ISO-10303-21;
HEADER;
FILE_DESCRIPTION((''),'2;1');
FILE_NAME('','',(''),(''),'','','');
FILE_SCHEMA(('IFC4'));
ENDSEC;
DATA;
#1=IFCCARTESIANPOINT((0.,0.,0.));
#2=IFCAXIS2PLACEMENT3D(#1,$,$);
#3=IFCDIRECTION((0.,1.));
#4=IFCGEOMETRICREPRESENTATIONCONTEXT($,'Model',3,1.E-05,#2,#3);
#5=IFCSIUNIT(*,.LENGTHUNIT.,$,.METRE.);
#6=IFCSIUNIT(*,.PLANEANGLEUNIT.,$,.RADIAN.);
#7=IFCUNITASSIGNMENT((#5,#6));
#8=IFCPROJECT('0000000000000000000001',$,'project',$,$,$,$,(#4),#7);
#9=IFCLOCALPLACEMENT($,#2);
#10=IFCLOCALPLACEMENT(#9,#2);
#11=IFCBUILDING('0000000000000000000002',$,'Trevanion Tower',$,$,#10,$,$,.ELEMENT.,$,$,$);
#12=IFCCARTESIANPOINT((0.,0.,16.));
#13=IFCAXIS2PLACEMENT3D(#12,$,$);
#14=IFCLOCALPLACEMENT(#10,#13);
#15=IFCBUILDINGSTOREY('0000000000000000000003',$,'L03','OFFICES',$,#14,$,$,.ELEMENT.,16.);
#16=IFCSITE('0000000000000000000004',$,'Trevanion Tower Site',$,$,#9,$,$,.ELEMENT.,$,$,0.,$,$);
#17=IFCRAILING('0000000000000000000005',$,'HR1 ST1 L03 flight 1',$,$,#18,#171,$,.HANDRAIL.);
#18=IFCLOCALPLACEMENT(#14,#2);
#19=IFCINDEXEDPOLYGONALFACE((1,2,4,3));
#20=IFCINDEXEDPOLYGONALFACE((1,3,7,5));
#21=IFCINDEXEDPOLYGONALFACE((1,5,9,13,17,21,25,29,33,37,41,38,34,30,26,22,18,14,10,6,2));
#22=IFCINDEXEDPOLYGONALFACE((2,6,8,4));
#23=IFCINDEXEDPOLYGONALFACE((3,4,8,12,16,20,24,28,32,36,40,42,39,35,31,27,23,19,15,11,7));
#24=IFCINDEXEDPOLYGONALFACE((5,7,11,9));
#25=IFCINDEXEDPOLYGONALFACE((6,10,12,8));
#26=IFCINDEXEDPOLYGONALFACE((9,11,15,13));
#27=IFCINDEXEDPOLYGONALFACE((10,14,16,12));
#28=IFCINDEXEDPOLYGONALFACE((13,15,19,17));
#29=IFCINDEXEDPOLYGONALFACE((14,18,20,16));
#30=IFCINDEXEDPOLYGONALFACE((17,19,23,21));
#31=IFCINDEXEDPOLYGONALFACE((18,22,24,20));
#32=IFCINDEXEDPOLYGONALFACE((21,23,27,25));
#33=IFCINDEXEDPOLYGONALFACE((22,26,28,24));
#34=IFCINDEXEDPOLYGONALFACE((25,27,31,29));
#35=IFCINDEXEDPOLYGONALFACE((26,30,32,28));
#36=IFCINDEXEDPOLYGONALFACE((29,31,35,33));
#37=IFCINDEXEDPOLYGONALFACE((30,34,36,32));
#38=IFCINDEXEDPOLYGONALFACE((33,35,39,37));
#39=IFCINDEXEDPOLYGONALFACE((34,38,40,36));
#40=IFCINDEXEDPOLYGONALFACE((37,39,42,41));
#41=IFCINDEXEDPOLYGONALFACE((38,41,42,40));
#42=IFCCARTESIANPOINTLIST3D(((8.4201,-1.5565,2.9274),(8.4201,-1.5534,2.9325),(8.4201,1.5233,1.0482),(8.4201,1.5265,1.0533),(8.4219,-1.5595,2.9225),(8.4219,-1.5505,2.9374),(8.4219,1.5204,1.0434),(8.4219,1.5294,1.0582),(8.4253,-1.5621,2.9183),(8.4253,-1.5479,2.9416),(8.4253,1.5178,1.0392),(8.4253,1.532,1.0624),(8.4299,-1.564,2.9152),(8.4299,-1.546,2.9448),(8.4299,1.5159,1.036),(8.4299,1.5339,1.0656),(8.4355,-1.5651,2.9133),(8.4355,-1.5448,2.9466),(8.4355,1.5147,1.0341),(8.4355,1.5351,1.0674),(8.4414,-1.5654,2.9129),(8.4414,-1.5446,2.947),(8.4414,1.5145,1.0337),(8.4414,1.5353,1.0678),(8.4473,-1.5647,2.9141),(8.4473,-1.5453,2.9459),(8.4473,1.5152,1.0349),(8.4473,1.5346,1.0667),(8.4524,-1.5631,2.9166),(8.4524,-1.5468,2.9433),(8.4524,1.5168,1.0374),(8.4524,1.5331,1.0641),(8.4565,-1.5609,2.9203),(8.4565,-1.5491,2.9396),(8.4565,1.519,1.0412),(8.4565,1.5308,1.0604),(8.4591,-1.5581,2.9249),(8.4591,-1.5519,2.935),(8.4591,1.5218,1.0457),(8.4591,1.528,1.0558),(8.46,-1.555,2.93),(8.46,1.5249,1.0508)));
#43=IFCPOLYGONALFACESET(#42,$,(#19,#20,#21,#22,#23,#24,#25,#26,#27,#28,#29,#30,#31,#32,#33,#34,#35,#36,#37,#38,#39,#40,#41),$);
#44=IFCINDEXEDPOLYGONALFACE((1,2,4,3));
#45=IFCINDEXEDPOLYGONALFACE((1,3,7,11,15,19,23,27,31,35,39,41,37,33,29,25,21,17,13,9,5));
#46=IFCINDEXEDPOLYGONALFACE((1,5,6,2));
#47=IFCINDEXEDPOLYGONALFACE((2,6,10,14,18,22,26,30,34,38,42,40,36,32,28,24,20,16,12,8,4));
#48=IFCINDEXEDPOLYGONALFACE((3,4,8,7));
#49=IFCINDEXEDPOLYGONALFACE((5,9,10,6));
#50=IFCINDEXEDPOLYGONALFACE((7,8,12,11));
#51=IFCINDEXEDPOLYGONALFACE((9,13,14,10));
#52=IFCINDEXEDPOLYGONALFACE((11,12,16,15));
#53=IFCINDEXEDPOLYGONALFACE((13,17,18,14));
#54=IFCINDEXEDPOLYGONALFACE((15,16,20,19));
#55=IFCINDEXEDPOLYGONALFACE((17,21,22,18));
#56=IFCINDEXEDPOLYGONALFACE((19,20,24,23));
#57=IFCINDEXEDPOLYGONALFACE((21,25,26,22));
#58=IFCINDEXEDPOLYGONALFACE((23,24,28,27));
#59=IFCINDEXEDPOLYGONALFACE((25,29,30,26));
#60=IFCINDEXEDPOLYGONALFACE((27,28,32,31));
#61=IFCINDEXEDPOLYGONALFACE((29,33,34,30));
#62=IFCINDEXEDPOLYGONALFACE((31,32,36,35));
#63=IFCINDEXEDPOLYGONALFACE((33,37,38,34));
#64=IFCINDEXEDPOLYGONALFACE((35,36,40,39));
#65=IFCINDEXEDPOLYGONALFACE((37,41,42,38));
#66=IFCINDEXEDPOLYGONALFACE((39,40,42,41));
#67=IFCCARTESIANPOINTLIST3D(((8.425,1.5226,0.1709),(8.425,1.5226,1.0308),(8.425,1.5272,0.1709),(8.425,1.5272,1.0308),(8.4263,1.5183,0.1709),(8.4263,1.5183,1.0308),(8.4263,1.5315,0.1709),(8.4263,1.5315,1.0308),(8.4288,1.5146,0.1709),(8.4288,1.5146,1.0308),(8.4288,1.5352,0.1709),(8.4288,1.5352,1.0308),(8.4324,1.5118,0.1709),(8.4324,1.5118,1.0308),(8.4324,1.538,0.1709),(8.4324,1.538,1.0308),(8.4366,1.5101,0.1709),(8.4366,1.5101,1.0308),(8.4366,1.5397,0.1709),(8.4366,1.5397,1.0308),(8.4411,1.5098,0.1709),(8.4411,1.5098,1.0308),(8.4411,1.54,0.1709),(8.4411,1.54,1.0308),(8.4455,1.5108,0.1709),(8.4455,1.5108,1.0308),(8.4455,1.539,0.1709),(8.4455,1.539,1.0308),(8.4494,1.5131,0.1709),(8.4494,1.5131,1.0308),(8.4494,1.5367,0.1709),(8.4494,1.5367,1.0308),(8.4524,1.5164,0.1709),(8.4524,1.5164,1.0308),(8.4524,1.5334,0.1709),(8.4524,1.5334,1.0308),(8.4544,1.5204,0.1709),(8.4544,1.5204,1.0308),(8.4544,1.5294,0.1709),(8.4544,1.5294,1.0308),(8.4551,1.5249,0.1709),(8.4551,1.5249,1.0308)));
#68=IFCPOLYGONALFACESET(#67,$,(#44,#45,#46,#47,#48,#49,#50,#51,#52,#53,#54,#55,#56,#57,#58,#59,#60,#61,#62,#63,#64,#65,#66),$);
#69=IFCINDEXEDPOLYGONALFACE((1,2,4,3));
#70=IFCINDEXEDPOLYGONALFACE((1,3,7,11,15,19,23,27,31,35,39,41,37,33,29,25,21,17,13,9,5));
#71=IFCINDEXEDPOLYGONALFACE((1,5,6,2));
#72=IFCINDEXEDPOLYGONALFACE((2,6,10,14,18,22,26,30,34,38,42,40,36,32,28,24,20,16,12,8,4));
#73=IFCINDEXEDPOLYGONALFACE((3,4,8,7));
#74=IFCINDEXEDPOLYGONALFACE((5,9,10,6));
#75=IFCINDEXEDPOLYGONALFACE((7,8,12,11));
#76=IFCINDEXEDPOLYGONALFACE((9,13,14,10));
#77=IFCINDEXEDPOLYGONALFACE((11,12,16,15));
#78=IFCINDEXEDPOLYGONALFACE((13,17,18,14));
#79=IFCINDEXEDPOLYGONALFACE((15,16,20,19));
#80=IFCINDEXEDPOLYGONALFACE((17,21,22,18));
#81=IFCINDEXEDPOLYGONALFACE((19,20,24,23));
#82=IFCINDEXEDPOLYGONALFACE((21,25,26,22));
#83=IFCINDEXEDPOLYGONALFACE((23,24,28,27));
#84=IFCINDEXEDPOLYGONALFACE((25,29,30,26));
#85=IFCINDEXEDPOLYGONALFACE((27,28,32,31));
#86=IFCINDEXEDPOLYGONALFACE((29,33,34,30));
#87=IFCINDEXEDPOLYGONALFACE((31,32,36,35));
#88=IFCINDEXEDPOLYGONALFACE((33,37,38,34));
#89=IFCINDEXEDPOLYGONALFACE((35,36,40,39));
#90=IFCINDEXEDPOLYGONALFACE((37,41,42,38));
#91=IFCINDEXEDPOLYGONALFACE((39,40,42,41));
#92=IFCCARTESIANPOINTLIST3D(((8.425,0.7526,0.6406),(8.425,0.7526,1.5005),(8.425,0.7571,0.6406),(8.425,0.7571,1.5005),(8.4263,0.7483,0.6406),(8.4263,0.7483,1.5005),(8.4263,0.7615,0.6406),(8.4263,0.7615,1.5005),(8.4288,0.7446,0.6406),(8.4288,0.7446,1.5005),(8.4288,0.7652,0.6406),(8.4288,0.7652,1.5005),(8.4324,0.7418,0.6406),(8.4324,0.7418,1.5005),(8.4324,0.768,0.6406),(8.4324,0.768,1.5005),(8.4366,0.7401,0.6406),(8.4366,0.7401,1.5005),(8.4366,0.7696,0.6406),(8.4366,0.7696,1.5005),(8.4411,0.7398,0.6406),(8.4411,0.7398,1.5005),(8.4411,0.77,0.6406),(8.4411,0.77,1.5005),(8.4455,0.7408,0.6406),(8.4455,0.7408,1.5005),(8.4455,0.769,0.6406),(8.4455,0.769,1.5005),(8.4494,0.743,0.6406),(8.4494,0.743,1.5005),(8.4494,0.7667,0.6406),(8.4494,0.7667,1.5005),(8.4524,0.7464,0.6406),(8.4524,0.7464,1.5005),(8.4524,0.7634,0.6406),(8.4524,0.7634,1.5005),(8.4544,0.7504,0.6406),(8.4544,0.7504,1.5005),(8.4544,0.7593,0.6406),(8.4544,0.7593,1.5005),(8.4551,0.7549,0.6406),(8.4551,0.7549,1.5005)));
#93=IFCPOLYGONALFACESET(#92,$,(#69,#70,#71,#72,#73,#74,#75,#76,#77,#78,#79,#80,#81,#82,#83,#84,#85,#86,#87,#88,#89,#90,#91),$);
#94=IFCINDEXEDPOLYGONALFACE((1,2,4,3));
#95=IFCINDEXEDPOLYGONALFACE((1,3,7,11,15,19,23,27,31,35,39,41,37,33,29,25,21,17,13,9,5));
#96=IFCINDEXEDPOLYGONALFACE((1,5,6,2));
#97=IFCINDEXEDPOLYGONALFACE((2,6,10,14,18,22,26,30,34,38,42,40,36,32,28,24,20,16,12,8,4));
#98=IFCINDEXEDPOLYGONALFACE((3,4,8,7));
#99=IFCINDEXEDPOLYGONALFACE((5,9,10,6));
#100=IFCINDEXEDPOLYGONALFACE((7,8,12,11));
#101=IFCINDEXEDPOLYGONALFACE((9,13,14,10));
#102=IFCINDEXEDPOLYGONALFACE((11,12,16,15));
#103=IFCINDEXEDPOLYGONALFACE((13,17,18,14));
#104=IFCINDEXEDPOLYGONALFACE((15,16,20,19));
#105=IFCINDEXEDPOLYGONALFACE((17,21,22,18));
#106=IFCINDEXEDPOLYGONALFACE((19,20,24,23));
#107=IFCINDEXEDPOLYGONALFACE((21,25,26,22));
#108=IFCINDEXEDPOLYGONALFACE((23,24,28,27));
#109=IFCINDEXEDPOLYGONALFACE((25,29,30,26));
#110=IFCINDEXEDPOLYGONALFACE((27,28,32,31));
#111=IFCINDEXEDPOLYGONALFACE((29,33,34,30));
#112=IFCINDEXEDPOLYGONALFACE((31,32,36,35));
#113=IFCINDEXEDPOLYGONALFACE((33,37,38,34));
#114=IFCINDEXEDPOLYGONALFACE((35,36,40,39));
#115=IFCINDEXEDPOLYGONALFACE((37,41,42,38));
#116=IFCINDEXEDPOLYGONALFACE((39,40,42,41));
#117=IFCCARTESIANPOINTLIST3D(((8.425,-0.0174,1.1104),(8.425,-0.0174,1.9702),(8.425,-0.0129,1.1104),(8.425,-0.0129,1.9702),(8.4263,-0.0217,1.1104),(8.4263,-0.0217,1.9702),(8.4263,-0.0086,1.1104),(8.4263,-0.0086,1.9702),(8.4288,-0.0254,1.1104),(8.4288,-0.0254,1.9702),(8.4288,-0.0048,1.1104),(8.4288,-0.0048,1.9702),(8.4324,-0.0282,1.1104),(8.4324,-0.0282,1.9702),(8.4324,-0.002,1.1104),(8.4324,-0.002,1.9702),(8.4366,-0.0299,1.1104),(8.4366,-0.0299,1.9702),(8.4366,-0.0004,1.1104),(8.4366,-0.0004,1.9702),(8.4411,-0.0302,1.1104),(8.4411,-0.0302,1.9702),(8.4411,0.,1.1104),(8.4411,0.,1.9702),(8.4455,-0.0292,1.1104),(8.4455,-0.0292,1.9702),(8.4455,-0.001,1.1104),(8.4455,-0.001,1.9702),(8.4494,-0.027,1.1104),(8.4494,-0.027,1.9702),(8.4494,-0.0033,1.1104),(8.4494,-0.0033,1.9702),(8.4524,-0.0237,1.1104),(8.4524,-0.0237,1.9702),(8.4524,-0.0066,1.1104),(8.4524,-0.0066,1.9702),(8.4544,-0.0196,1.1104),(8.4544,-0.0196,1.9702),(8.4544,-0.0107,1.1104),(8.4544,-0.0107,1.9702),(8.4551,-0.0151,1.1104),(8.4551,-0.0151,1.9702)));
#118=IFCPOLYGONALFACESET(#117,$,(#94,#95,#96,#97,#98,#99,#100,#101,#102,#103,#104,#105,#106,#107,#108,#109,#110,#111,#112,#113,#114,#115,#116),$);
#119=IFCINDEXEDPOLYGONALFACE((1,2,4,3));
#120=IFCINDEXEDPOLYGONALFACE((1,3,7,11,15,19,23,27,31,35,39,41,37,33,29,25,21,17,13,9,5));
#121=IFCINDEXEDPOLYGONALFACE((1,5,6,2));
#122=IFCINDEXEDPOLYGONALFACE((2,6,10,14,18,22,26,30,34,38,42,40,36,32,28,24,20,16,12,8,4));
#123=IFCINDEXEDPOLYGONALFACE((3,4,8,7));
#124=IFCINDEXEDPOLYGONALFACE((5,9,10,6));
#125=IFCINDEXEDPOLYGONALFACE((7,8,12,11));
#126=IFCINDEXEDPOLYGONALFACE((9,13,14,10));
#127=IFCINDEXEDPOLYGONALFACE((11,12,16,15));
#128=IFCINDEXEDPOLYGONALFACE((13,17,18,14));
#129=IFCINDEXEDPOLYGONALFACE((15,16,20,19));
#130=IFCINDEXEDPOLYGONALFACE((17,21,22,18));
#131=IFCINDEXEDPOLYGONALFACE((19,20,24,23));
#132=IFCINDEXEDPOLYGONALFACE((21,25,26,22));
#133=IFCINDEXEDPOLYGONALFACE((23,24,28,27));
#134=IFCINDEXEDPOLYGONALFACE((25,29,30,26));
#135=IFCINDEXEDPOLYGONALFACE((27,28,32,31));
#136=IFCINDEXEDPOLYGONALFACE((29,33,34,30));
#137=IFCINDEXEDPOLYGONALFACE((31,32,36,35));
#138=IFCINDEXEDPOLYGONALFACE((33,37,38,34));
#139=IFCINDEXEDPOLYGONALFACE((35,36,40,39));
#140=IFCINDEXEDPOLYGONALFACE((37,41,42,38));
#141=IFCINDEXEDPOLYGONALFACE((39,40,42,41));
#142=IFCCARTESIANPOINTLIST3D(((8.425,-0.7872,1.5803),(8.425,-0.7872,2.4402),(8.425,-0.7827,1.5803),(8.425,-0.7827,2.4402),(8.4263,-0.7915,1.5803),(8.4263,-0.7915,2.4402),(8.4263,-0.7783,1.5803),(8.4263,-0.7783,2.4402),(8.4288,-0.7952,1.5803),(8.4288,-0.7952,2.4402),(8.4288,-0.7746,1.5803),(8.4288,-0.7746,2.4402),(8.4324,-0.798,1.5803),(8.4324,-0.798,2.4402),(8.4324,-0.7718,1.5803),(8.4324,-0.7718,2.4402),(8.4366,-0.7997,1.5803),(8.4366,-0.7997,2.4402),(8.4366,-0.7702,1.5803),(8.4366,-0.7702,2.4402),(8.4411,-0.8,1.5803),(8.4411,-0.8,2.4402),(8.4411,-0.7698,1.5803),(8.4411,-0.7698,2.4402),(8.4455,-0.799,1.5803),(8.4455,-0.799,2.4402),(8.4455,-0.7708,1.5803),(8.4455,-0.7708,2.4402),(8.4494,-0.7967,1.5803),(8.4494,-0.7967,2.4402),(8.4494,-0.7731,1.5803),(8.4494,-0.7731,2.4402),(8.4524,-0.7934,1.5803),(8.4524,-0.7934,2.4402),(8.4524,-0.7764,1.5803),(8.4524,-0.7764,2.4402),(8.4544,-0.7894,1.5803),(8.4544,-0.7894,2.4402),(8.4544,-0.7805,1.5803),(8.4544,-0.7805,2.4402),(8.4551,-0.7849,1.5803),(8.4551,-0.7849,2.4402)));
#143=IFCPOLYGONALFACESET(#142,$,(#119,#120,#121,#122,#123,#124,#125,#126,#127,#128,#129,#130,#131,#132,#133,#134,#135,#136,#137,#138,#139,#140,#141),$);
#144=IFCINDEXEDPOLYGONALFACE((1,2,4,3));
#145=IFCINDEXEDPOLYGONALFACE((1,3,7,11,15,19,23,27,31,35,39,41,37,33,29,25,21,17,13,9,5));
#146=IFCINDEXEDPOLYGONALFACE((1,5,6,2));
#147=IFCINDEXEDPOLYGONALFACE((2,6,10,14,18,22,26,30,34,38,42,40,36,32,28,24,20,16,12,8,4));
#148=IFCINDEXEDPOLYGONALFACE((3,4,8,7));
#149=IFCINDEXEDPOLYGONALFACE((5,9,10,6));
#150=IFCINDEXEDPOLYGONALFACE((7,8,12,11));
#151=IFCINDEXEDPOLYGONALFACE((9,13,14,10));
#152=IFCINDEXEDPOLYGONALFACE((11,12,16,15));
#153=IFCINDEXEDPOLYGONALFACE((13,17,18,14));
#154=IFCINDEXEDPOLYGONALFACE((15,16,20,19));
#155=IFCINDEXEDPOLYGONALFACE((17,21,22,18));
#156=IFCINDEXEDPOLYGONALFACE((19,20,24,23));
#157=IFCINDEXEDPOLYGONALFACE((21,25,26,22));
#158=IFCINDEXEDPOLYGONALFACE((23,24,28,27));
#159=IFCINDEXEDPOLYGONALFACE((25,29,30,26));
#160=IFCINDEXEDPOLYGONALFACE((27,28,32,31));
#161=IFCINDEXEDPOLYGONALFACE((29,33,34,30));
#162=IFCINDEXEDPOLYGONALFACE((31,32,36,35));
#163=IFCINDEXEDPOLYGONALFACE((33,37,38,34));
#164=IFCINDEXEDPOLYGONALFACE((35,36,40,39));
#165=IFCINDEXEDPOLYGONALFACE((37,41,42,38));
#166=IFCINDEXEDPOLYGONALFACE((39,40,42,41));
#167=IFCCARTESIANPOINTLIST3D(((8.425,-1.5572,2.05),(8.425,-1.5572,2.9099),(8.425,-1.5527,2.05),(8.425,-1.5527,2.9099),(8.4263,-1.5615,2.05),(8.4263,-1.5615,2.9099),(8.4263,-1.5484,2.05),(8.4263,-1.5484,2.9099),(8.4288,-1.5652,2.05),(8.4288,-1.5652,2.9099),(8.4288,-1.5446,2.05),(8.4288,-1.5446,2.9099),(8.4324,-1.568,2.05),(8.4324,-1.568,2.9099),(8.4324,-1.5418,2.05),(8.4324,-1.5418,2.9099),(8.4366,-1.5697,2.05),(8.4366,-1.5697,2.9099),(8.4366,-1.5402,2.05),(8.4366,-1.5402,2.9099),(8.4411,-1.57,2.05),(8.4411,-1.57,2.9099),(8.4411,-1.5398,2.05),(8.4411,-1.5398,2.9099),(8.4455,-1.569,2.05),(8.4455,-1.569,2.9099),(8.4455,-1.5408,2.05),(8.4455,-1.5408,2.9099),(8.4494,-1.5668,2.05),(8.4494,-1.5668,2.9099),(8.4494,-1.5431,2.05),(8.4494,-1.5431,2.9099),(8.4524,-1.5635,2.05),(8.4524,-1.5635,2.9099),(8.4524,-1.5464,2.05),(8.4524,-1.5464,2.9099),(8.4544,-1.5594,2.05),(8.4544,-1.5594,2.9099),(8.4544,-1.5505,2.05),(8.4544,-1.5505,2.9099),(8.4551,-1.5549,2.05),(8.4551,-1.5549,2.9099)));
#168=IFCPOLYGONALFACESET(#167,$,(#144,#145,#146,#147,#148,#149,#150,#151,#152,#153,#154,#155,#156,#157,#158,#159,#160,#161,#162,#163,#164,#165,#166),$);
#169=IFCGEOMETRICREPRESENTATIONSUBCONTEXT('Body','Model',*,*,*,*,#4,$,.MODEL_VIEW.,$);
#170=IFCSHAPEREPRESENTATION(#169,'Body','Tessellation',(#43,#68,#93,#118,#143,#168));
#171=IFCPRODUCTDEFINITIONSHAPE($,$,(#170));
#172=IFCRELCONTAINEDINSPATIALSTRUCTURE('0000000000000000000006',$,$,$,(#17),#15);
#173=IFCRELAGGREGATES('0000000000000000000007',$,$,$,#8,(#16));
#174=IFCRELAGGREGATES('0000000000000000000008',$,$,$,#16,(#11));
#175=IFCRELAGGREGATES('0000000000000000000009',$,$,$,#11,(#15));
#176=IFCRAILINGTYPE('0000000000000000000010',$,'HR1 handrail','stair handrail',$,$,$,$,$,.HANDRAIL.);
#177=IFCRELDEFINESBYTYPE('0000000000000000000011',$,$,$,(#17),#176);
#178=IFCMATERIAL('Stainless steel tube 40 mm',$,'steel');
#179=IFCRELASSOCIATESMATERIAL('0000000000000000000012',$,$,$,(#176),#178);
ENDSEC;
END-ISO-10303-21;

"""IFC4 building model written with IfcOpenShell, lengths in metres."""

from ifc_helpers import new_model, si_unit, direction, frame, origin, origin_2d, place, context, subcontext, project, spatial, circle, extrude, material, type_object, element, save


model = new_model("IFC4")

# Units and contexts
model_context = context("Model", 3, precision=1e-05, world=origin(), true_north=direction((0.0, 1.0)))
body_context = subcontext(model_context, "Body", "Model", "MODEL_VIEW")
ifc_project = project(units=[si_unit("LENGTHUNIT", "METRE"), si_unit("PLANEANGLEUNIT", "RADIAN")], contexts=[model_context])

# Site, building, storey
site_placement = place(None, origin())
site = spatial("IfcSite", under=ifc_project, at=site_placement, Name="Trevanion Tower Site", CompositionType="ELEMENT", RefElevation=0.0)
building_placement = place(site_placement, origin())
building = spatial("IfcBuilding", under=site, at=building_placement, Name="Trevanion Tower", CompositionType="ELEMENT")
storey_placement = place(building_placement, frame((0.0, 0.0, 16.0)))
storey = spatial("IfcBuildingStorey", under=building, at=storey_placement, Name="L03", Description="OFFICES", CompositionType="ELEMENT", Elevation=16.0)

# Railing
ifc_material_1 = material(Name="Stainless steel tube 40 mm", Category="steel")
railing_type = type_object("IfcRailingType", Name="HR1 handrail", Description="stair handrail", PredefinedType="HANDRAIL", material=ifc_material_1)
for number, where, name in (
    (1, (8.4399, 1.5249, 0.1709), "HR1 ST1 L03 flight 1"),
):
    element("IfcRailing", number, at=place(storey_placement, frame(where)), inside=storey, type_object=railing_type, Name=name, PredefinedType="HANDRAIL", context=body_context, shape_type="SweptSolid", body=[
        extrude(circle(Radius=0.02, at=origin_2d()), frame((0.0, 0.0, 0.8799), z_axis=(0.0, -0.853648, 0.52085), x_axis=(1.0, 0.0, 0.0)), (0.0, 0.0, 1.0), 3.6079),
        extrude(circle(Radius=0.0151, at=origin_2d()), origin(), (0.0, 0.0, 1.0), 0.8599),
        extrude(circle(Radius=0.0151, at=origin_2d()), frame((0.0, -0.77, 0.4697)), (0.0, 0.0, 1.0), 0.8599),
        extrude(circle(Radius=0.0151, at=origin_2d()), frame((0.0, -1.54, 0.9395)), (0.0, 0.0, 1.0), 0.8599),
        extrude(circle(Radius=0.0151, at=origin_2d()), frame((0.0, -2.3098, 1.4094)), (0.0, 0.0, 1.0), 0.8599),
        extrude(circle(Radius=0.0151, at=origin_2d()), frame((0.0, -3.0798, 1.8792)), (0.0, 0.0, 1.0), 0.8599),
    ])

save(model, "model.ifc")
